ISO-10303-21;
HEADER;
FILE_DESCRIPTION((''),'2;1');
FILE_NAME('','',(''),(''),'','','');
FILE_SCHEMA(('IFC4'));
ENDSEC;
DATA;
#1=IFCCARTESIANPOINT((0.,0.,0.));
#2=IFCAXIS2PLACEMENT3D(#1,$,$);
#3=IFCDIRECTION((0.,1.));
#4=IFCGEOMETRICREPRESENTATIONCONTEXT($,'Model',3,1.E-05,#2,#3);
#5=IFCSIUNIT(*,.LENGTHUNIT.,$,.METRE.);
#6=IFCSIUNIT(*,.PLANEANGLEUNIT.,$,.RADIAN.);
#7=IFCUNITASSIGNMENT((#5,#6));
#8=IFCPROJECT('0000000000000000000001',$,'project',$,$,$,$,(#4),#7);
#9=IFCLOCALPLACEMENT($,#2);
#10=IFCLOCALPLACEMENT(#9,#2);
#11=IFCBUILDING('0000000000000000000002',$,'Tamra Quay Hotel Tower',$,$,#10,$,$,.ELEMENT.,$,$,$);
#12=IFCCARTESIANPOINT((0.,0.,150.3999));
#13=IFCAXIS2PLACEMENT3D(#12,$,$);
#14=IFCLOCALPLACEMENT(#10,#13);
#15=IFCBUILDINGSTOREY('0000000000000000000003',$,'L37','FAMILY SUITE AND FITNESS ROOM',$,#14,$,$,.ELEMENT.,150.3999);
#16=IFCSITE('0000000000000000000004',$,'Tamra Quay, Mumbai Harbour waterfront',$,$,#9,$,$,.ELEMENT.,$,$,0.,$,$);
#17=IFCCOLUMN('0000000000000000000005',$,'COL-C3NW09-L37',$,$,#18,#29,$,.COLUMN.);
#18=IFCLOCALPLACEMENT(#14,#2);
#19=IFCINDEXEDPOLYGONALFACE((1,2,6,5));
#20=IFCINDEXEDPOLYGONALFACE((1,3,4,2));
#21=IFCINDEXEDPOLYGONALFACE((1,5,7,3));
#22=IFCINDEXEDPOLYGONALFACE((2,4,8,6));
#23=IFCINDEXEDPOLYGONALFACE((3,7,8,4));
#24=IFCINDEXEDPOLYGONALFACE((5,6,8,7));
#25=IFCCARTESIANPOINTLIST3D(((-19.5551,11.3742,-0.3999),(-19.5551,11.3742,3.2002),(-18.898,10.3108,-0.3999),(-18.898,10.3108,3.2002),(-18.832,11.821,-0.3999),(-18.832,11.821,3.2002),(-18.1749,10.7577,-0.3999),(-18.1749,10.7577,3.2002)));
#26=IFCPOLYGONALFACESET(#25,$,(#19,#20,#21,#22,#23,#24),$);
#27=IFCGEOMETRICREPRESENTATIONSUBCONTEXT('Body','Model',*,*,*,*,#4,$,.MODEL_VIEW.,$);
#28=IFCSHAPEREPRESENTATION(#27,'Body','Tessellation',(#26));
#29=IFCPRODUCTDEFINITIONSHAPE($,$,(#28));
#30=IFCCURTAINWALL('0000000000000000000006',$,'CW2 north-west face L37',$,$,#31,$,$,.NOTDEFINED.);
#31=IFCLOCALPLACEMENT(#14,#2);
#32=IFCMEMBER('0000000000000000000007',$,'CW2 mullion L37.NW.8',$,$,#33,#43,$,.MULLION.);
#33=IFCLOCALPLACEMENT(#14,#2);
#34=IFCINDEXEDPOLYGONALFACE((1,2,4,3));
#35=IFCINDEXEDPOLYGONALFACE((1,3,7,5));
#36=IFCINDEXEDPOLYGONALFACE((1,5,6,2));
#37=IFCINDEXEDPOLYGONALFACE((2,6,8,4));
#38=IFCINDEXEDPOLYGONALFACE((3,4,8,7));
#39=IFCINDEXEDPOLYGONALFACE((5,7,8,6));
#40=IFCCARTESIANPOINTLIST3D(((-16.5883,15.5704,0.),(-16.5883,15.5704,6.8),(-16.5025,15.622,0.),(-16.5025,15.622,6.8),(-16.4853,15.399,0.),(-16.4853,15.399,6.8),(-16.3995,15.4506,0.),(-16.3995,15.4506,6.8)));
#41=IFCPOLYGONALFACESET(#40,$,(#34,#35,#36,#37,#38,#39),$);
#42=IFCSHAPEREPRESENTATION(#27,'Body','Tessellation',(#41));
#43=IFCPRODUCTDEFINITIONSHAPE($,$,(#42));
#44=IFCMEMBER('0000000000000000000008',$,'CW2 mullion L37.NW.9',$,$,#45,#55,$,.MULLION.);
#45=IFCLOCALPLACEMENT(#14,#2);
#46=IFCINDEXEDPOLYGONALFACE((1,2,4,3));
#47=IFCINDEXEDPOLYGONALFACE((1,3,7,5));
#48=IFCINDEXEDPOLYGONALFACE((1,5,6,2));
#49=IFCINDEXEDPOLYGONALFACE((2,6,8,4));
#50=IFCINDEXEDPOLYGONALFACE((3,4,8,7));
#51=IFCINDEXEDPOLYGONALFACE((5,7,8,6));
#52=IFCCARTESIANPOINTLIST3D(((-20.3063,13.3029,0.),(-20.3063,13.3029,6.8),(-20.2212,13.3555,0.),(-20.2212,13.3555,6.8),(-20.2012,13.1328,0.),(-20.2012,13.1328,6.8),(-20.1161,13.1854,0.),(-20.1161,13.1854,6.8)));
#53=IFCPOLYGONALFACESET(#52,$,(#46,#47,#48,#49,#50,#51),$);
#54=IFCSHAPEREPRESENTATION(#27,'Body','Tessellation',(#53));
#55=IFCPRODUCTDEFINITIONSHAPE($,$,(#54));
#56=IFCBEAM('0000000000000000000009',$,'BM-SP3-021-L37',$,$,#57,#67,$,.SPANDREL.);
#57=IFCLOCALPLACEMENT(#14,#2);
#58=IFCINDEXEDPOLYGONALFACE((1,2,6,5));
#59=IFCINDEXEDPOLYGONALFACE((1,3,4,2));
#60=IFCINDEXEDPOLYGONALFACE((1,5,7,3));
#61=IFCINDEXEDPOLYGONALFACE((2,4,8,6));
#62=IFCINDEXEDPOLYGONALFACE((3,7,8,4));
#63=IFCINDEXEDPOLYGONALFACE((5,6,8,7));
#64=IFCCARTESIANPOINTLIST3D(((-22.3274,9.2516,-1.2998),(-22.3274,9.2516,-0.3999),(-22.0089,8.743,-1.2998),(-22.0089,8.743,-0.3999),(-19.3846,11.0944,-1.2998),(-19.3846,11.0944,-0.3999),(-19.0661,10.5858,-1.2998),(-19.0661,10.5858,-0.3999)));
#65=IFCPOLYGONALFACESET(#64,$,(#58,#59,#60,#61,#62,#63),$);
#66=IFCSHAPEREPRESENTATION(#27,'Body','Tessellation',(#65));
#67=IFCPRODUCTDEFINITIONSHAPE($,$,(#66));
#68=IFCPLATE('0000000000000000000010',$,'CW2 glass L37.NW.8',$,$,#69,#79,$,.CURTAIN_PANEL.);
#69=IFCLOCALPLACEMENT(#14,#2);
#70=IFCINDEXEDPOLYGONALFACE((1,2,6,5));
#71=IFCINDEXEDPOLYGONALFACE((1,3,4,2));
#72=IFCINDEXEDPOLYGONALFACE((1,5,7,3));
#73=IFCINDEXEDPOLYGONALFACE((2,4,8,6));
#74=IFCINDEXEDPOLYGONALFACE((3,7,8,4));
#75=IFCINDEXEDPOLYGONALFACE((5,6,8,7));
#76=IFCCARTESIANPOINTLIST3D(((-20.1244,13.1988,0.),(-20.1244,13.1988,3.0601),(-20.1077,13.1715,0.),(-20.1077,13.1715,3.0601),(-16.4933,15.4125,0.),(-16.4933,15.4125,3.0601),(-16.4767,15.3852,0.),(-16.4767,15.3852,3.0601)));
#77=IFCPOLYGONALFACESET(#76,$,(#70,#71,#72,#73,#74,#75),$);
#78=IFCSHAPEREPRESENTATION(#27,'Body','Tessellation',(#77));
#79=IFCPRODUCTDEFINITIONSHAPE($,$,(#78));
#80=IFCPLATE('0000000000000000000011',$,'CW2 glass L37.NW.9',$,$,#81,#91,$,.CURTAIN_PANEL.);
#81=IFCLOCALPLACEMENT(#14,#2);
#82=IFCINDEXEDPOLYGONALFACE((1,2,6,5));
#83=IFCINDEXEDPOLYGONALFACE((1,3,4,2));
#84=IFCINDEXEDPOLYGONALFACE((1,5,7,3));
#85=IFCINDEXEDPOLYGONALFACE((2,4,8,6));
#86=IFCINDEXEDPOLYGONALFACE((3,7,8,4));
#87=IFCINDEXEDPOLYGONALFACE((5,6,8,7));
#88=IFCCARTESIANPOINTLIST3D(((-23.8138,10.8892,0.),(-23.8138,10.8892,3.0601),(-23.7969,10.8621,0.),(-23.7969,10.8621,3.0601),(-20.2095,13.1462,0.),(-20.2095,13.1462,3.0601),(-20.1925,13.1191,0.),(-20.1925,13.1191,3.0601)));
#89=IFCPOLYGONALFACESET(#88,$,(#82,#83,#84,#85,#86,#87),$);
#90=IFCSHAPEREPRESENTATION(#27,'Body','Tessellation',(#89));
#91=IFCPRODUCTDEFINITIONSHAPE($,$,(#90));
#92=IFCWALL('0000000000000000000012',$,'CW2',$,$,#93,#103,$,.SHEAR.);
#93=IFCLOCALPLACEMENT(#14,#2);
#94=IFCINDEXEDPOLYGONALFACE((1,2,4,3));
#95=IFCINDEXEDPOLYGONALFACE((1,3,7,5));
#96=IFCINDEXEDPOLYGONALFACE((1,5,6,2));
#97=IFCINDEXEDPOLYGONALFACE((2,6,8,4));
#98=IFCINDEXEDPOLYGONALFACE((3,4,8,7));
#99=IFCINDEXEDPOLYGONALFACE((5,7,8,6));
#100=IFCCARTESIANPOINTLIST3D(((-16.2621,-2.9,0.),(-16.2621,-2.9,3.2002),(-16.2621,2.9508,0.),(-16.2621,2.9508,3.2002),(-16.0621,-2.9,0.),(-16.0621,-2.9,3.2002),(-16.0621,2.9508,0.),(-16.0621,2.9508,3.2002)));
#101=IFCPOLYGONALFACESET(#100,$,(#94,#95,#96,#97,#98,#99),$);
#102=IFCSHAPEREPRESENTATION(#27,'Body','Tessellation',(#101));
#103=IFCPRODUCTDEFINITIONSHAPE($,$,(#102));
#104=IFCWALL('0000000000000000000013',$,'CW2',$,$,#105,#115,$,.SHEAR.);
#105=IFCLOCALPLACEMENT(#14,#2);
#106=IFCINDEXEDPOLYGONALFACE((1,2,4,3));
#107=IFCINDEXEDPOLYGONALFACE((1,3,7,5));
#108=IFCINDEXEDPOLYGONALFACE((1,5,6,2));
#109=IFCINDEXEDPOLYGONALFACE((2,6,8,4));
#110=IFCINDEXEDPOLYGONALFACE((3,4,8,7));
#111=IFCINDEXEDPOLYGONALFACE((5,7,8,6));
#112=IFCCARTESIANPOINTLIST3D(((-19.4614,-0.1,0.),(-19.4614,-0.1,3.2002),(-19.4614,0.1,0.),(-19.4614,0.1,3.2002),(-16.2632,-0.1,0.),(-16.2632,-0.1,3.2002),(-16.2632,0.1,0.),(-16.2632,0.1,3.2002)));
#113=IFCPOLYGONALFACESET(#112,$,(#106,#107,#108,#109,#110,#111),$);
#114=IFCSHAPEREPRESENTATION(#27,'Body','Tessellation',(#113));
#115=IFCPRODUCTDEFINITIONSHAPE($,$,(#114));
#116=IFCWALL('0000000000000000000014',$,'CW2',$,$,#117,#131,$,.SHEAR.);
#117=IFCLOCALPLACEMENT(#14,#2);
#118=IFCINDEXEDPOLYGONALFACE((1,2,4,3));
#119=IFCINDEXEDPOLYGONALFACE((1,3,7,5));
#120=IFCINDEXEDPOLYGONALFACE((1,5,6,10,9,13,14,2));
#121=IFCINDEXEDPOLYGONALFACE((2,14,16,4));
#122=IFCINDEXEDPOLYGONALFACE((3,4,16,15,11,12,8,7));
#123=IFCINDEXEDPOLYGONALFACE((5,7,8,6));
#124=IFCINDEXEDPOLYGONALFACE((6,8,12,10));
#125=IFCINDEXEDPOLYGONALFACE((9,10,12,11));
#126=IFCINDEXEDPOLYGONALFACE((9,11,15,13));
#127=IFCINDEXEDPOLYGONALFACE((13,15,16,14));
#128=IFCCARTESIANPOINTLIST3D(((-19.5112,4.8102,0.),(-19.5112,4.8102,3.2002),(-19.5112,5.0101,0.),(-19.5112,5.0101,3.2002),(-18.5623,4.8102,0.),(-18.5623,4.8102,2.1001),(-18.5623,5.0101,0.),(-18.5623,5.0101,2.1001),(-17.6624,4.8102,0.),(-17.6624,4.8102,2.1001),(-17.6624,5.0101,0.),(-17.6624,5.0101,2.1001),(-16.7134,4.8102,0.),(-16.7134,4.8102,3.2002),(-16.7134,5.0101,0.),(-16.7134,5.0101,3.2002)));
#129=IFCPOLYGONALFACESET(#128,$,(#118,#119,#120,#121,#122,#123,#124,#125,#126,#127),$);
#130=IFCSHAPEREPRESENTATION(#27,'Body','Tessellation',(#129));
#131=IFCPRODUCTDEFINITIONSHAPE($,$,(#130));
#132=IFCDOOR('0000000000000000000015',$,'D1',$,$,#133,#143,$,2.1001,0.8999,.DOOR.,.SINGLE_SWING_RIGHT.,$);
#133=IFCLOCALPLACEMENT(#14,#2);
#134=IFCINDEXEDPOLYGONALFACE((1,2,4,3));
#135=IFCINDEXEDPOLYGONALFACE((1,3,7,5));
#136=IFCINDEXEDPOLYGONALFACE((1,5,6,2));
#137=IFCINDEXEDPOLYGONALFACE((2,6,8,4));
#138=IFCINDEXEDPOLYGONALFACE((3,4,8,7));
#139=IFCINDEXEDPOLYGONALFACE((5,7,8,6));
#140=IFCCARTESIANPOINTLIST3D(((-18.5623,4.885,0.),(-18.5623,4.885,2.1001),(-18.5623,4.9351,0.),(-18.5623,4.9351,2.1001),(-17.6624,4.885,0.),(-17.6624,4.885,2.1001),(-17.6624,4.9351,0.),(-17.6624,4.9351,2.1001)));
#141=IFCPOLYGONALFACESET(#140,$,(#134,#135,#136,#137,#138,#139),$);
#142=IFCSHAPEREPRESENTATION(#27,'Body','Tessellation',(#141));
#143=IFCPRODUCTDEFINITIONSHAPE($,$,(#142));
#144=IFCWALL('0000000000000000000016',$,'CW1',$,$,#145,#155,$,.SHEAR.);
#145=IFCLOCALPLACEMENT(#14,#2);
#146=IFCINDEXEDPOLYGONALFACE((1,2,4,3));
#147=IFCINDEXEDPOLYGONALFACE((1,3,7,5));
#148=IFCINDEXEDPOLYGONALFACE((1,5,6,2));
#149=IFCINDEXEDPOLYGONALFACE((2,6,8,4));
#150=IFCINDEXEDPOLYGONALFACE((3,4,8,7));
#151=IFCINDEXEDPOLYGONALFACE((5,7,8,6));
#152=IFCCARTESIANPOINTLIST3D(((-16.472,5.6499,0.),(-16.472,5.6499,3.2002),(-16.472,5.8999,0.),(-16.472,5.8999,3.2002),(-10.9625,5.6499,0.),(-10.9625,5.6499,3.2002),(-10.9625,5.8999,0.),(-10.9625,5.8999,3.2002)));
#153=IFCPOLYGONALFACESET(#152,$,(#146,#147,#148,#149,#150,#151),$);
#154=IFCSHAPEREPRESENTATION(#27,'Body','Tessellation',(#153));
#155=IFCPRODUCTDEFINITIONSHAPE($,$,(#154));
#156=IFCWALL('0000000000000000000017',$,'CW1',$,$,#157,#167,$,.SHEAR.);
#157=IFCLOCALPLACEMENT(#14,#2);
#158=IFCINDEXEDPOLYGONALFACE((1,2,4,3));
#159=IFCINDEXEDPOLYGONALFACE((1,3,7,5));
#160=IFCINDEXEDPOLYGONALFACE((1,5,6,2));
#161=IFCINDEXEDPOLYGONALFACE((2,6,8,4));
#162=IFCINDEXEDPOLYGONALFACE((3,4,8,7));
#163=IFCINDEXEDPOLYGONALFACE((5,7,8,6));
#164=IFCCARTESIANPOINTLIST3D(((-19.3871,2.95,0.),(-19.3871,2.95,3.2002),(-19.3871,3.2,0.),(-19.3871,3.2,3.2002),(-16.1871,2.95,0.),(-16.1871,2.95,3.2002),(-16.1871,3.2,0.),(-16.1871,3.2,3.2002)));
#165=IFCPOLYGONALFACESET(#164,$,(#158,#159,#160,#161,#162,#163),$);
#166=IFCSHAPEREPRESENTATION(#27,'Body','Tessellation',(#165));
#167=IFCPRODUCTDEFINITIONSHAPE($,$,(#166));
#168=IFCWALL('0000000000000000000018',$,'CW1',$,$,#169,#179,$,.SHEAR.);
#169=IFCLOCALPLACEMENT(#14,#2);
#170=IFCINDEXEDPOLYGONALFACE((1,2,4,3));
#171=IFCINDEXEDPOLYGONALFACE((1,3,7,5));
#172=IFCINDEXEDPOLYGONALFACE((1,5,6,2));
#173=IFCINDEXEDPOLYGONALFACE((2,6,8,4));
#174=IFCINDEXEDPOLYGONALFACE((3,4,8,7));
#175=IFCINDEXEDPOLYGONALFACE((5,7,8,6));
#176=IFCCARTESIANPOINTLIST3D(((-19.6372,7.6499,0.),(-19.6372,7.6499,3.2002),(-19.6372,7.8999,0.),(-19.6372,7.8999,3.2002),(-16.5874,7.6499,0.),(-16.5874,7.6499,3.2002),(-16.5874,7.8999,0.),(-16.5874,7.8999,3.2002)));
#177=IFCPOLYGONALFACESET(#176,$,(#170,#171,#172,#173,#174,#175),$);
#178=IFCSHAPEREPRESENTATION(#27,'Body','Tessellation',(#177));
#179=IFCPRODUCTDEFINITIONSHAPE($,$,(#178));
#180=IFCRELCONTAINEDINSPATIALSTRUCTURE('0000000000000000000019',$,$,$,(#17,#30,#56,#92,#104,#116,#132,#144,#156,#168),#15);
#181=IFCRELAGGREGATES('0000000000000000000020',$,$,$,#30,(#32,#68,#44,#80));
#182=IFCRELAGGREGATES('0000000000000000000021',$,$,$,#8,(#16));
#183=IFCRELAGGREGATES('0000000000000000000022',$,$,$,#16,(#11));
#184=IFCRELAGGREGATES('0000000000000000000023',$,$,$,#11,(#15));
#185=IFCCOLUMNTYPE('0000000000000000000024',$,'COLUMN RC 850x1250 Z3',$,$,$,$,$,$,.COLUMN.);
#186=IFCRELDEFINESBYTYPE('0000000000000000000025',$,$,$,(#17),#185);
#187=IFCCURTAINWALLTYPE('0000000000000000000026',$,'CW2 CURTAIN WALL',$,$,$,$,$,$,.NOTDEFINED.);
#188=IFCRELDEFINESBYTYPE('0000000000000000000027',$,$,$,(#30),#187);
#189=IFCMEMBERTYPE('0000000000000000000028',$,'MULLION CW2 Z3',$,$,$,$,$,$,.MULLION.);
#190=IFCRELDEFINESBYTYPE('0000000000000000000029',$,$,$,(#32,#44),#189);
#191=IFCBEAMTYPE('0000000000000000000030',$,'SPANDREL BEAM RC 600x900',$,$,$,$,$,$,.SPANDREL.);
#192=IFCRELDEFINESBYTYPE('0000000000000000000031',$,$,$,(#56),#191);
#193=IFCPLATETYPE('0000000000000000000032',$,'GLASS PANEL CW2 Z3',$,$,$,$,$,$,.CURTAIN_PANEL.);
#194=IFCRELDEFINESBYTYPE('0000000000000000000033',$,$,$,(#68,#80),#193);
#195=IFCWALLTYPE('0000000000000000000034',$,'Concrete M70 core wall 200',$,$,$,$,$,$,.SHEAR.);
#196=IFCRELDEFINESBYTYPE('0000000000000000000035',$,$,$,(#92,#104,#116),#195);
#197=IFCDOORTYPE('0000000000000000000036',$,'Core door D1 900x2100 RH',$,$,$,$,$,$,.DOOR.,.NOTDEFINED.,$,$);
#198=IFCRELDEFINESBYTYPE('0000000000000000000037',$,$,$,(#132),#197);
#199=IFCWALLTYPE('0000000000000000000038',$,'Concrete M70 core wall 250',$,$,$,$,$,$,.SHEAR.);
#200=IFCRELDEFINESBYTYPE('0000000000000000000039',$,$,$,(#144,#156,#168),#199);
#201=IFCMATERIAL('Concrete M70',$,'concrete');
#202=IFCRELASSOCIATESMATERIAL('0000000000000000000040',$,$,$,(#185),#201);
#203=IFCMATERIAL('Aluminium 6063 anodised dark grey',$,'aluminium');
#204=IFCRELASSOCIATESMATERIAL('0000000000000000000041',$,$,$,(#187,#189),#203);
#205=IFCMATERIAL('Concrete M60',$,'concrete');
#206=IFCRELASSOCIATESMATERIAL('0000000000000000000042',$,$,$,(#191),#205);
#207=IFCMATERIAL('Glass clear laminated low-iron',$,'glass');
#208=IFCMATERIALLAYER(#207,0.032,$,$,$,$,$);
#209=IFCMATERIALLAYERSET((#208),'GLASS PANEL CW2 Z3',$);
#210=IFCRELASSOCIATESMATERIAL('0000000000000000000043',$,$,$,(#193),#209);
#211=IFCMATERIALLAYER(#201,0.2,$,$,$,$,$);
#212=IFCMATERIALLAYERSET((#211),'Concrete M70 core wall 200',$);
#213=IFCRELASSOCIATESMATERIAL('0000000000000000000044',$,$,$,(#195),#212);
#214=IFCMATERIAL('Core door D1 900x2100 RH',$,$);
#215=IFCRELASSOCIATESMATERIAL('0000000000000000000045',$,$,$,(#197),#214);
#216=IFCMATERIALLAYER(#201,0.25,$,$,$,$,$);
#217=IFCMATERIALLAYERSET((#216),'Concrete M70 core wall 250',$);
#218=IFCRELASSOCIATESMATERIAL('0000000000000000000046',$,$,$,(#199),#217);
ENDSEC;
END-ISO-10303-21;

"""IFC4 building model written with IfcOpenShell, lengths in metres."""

from ifc_helpers import new_model, si_unit, direction, frame, frame_2d, origin, origin_2d, place, context, subcontext, project, spatial, rectangle, extrude, material, layer, layer_set, material_profile, profile_set, type_object, element, fill, aggregate, save


model = new_model("IFC4")

# Units and contexts
model_context = context("Model", 3, precision=1e-05, world=origin(), true_north=direction((0.0, 1.0)))
body_context = subcontext(model_context, "Body", "Model", "MODEL_VIEW")
ifc_project = project(units=[si_unit("LENGTHUNIT", "METRE"), si_unit("PLANEANGLEUNIT", "RADIAN")], contexts=[model_context])

# Site, building, storey
site_placement = place(None, origin())
site = spatial("IfcSite", under=ifc_project, at=site_placement, Name="Tamra Quay, Mumbai Harbour waterfront", CompositionType="ELEMENT", RefElevation=0.0)
building_placement = place(site_placement, origin())
building = spatial("IfcBuilding", under=site, at=building_placement, Name="Tamra Quay Hotel Tower", CompositionType="ELEMENT")
storey_placement = place(building_placement, frame((0.0, 0.0, 150.3999)))
storey = spatial("IfcBuildingStorey", under=building, at=storey_placement, Name="L37", Description="FAMILY SUITE AND FITNESS ROOM", CompositionType="ELEMENT", Elevation=150.3999)

# Column
ifc_material_1 = material(Name="Concrete M70", Category="concrete")
ifc_material_profile_1 = material_profile(ifc_material_1, rectangle(XDim=1.25, YDim=0.8501, at=origin_2d()), Name="COLUMN RC 850x1250 Z3")
ifc_profile_set_1 = profile_set([ifc_material_profile_1], Name="Concrete M70")
column_type = type_object("IfcColumnType", Name="COLUMN RC 850x1250 Z3", PredefinedType="COLUMN", material=ifc_profile_set_1)
column_placement = place(storey_placement, frame((-18.865, 11.0659, -0.3999), z_axis=(0.0, 0.0, 1.0), x_axis=(-0.525677, 0.850685, 0.0)))
element("IfcColumn", 1, at=column_placement, inside=storey, type_object=column_type, Name="COL-C3NW09-L37", PredefinedType="COLUMN", context=body_context, shape_type="SweptSolid", body=[
    extrude(rectangle(XDim=1.25, YDim=0.8501, at=origin_2d()), origin(), (0.0, 0.0, 1.0), 3.6001),
])

# Curtain wall, members
ifc_material_2 = material(Name="Aluminium 6063 anodised dark grey", Category="aluminium")
curtain_wall_type = type_object("IfcCurtainWallType", Name="CW2 CURTAIN WALL", PredefinedType="NOTDEFINED", material=ifc_material_2)
curtain_wall_placement = place(storey_placement, origin())
curtain_wall = element("IfcCurtainWall", 2, at=curtain_wall_placement, inside=storey, type_object=curtain_wall_type, Name="CW2 north-west face L37", PredefinedType="NOTDEFINED")
ifc_material_profile_2 = material_profile(ifc_material_2, rectangle(XDim=0.2, YDim=0.1001, at=origin_2d()), Name="MULLION 100X200")
ifc_profile_set_2 = profile_set([ifc_material_profile_2], Name="Aluminium 6063 anodised dark grey")
member_type = type_object("IfcMemberType", Name="MULLION CW2 Z3", PredefinedType="MULLION", material=ifc_profile_set_2)
member_1_placement = place(storey_placement, frame((-16.4939, 15.5105, 0.0), z_axis=(0.0, 0.0, 1.0), x_axis=(-0.515445, 0.856923, 0.0)))
member_1 = element("IfcMember", 3, at=member_1_placement, type_object=member_type, Name="CW2 mullion L37.NW.8", PredefinedType="MULLION", context=body_context, shape_type="SweptSolid", body=[
    extrude(rectangle(XDim=0.2, YDim=0.1001, at=origin_2d()), origin(), (0.0, 0.0, 1.0), 6.8),
])
member_2_placement = place(storey_placement, frame((-20.2112, 13.2441, 0.0), z_axis=(0.0, 0.0, 1.0), x_axis=(-0.525646, 0.850703, 0.0)))
member_2 = element("IfcMember", 4, at=member_2_placement, type_object=member_type, Name="CW2 mullion L37.NW.9", PredefinedType="MULLION", context=body_context, shape_type="SweptSolid", body=[
    extrude(rectangle(XDim=0.2, YDim=0.1001, at=origin_2d()), origin(), (0.0, 0.0, 1.0), 6.8),
])

# Beam
ifc_material_3 = material(Name="Concrete M60", Category="concrete")
ifc_material_profile_3 = material_profile(ifc_material_3, rectangle(XDim=0.6001, YDim=0.8999, at=origin_2d()), Name="SPANDREL BEAM RC 600x900")
ifc_profile_set_3 = profile_set([ifc_material_profile_3], Name="Concrete M60")
beam_type = type_object("IfcBeamType", Name="SPANDREL BEAM RC 600x900", PredefinedType="SPANDREL", material=ifc_profile_set_3)
beam_placement = place(storey_placement, frame((-19.2253, 10.8401, -0.8499), z_axis=(-0.847548, -0.530719, 0.0), x_axis=(0.530719, -0.847548, 0.0)))
element("IfcBeam", 5, at=beam_placement, inside=storey, type_object=beam_type, Name="BM-SP3-021-L37", PredefinedType="SPANDREL", context=body_context, shape_type="SweptSolid", body=[
    extrude(rectangle(XDim=0.6001, YDim=0.8999, at=origin_2d()), origin(), (0.0, 0.0, 1.0), 3.4722),
])

# Plates
ifc_material_4 = material(Name="Glass clear laminated low-iron", Category="glass")
ifc_layer_1 = layer(ifc_material_4, 0.032)
ifc_layer_set_1 = layer_set([ifc_layer_1], Name="GLASS PANEL CW2 Z3")
plate_type = type_object("IfcPlateType", Name="GLASS PANEL CW2 Z3", PredefinedType="CURTAIN_PANEL", material=ifc_layer_set_1)
plate_1_placement = place(storey_placement, frame((-18.3005, 14.292, 0.0), z_axis=(0.0, 0.0, 1.0), x_axis=(-0.85383, -0.520552, 0.0)))
plate_1 = element("IfcPlate", 6, at=plate_1_placement, type_object=plate_type, Name="CW2 glass L37.NW.8", PredefinedType="CURTAIN_PANEL", context=body_context, shape_type="SweptSolid", body=[
    extrude(rectangle(XDim=4.2527, YDim=0.032, at=origin_2d()), origin(), (0.0, 0.0, 1.0), 3.0601),
])
plate_2_placement = place(storey_placement, frame((-22.0032, 12.0042, 0.0), z_axis=(0.0, 0.0, 1.0), x_axis=(-0.847546, -0.530722, 0.0)))
plate_2 = element("IfcPlate", 7, at=plate_2_placement, type_object=plate_type, Name="CW2 glass L37.NW.9", PredefinedType="CURTAIN_PANEL", context=body_context, shape_type="SweptSolid", body=[
    extrude(rectangle(XDim=4.2527, YDim=0.032, at=origin_2d()), origin(), (0.0, 0.0, 1.0), 3.0601),
])
aggregate(curtain_wall, [member_1, plate_1, member_2, plate_2])

# Walls
ifc_layer_2 = layer(ifc_material_1, 0.2)
ifc_layer_set_2 = layer_set([ifc_layer_2], Name="Concrete M70 core wall 200")
wall_type_1 = type_object("IfcWallType", Name="Concrete M70 core wall 200", PredefinedType="SHEAR", material=ifc_layer_set_2)
wall_1_placement = place(storey_placement, frame((-16.1621, 2.9507, 0.0), z_axis=(0.0, 0.0, 1.0), x_axis=(0.0, -1.0, 0.0)))
element("IfcWall", 8, at=wall_1_placement, inside=storey, type_object=wall_type_1, Name="CW2", PredefinedType="SHEAR", context=body_context, shape_type="SweptSolid", body=[
    extrude(rectangle(XDim=5.8508, YDim=0.2, at=frame_2d((2.9253, 0.0))), origin(), (0.0, 0.0, 1.0), 3.2002),
])
wall_2_placement = place(storey_placement, frame((-16.2632, 0.0, 0.0), z_axis=(0.0, 0.0, 1.0), x_axis=(-1.0, 0.0, 0.0)))
element("IfcWall", 9, at=wall_2_placement, inside=storey, type_object=wall_type_1, Name="CW2", PredefinedType="SHEAR", context=body_context, shape_type="SweptSolid", body=[
    extrude(rectangle(XDim=3.1982, YDim=0.2, at=frame_2d((1.5991, 0.0))), origin(), (0.0, 0.0, 1.0), 3.2002),
])

# Wall, opening, door
wall_3_placement = place(storey_placement, frame((-19.5112, 4.9102, 0.0), z_axis=(0.0, 0.0, 1.0), x_axis=(1.0, 0.0, 0.0)))
wall_3 = element("IfcWall", 10, at=wall_3_placement, inside=storey, type_object=wall_type_1, Name="CW2", PredefinedType="SHEAR", context=body_context, shape_type="SweptSolid", body=[
    extrude(rectangle(XDim=2.7979, YDim=0.2, at=frame_2d((1.3989, 0.0))), origin(), (0.0, 0.0, 1.0), 3.2002),
])
opening_1_placement = place(wall_3_placement, frame((0.949, 0.0, 0.0)))
opening_1 = element("IfcOpeningElement", 11, at=opening_1_placement, cuts=wall_3, PredefinedType="OPENING", context=body_context, shape_type="SweptSolid", body=[
    extrude(rectangle(XDim=0.8999, YDim=2.1001, at=frame_2d((0.45, 1.05))), frame((0.0, 0.1099, 0.0), z_axis=(0.0, -1.0, 0.0), x_axis=(1.0, 0.0, 0.0)), (0.0, 0.0, 1.0), 0.22),
])
ifc_material_5 = material(Name="Core door D1 900x2100 RH")
door_type_1 = type_object("IfcDoorType", Name="Core door D1 900x2100 RH", OperationType="NOTDEFINED", PredefinedType="DOOR", material=ifc_material_5)
door_1_placement = place(opening_1_placement, origin())
door_1 = element("IfcDoor", 12, at=door_1_placement, inside=storey, type_object=door_type_1, Name="D1", OperationType="SINGLE_SWING_RIGHT", OverallHeight=2.1001, OverallWidth=0.8999, PredefinedType="DOOR", context=body_context, shape_type="SweptSolid", body=[
    extrude(rectangle(XDim=0.8999, YDim=2.1001, at=frame_2d((0.45, 1.05))), frame((0.0, 0.0249, 0.0), z_axis=(0.0, -1.0, 0.0), x_axis=(1.0, 0.0, 0.0)), (0.0, 0.0, 1.0), 0.05),
])
fill(opening_1, door_1)

# Walls
ifc_layer_3 = layer(ifc_material_1, 0.25)
ifc_layer_set_3 = layer_set([ifc_layer_3], Name="Concrete M70 core wall 250")
wall_type_2 = type_object("IfcWallType", Name="Concrete M70 core wall 250", PredefinedType="SHEAR", material=ifc_layer_set_3)
wall_4_placement = place(storey_placement, frame((-16.4722, 5.7749, 0.0), z_axis=(0.0, 0.0, 1.0), x_axis=(1.0, 0.0, 0.0)))
element("IfcWall", 13, at=wall_4_placement, inside=storey, type_object=wall_type_2, Name="CW1", PredefinedType="SHEAR", context=body_context, shape_type="SweptSolid", body=[
    extrude(rectangle(XDim=5.5095, YDim=0.25, at=frame_2d((2.7549, 0.0))), origin(), (0.0, 0.0, 1.0), 3.2002),
])
wall_5_placement = place(storey_placement, frame((-19.3872, 3.075, 0.0), z_axis=(0.0, 0.0, 1.0), x_axis=(1.0, 0.0, 0.0)))
element("IfcWall", 14, at=wall_5_placement, inside=storey, type_object=wall_type_2, Name="CW1", PredefinedType="SHEAR", context=body_context, shape_type="SweptSolid", body=[
    extrude(rectangle(XDim=3.2, YDim=0.25, at=frame_2d((1.6001, 0.0))), origin(), (0.0, 0.0, 1.0), 3.2002),
])
wall_6_placement = place(storey_placement, frame((-19.6372, 7.7749, 0.0), z_axis=(0.0, 0.0, 1.0), x_axis=(1.0, 0.0, 0.0)))
element("IfcWall", 15, at=wall_6_placement, inside=storey, type_object=wall_type_2, Name="CW1", PredefinedType="SHEAR", context=body_context, shape_type="SweptSolid", body=[
    extrude(rectangle(XDim=3.0498, YDim=0.25, at=frame_2d((1.5249, 0.0))), origin(), (0.0, 0.0, 1.0), 3.2002),
])

save(model, "model.ifc")
